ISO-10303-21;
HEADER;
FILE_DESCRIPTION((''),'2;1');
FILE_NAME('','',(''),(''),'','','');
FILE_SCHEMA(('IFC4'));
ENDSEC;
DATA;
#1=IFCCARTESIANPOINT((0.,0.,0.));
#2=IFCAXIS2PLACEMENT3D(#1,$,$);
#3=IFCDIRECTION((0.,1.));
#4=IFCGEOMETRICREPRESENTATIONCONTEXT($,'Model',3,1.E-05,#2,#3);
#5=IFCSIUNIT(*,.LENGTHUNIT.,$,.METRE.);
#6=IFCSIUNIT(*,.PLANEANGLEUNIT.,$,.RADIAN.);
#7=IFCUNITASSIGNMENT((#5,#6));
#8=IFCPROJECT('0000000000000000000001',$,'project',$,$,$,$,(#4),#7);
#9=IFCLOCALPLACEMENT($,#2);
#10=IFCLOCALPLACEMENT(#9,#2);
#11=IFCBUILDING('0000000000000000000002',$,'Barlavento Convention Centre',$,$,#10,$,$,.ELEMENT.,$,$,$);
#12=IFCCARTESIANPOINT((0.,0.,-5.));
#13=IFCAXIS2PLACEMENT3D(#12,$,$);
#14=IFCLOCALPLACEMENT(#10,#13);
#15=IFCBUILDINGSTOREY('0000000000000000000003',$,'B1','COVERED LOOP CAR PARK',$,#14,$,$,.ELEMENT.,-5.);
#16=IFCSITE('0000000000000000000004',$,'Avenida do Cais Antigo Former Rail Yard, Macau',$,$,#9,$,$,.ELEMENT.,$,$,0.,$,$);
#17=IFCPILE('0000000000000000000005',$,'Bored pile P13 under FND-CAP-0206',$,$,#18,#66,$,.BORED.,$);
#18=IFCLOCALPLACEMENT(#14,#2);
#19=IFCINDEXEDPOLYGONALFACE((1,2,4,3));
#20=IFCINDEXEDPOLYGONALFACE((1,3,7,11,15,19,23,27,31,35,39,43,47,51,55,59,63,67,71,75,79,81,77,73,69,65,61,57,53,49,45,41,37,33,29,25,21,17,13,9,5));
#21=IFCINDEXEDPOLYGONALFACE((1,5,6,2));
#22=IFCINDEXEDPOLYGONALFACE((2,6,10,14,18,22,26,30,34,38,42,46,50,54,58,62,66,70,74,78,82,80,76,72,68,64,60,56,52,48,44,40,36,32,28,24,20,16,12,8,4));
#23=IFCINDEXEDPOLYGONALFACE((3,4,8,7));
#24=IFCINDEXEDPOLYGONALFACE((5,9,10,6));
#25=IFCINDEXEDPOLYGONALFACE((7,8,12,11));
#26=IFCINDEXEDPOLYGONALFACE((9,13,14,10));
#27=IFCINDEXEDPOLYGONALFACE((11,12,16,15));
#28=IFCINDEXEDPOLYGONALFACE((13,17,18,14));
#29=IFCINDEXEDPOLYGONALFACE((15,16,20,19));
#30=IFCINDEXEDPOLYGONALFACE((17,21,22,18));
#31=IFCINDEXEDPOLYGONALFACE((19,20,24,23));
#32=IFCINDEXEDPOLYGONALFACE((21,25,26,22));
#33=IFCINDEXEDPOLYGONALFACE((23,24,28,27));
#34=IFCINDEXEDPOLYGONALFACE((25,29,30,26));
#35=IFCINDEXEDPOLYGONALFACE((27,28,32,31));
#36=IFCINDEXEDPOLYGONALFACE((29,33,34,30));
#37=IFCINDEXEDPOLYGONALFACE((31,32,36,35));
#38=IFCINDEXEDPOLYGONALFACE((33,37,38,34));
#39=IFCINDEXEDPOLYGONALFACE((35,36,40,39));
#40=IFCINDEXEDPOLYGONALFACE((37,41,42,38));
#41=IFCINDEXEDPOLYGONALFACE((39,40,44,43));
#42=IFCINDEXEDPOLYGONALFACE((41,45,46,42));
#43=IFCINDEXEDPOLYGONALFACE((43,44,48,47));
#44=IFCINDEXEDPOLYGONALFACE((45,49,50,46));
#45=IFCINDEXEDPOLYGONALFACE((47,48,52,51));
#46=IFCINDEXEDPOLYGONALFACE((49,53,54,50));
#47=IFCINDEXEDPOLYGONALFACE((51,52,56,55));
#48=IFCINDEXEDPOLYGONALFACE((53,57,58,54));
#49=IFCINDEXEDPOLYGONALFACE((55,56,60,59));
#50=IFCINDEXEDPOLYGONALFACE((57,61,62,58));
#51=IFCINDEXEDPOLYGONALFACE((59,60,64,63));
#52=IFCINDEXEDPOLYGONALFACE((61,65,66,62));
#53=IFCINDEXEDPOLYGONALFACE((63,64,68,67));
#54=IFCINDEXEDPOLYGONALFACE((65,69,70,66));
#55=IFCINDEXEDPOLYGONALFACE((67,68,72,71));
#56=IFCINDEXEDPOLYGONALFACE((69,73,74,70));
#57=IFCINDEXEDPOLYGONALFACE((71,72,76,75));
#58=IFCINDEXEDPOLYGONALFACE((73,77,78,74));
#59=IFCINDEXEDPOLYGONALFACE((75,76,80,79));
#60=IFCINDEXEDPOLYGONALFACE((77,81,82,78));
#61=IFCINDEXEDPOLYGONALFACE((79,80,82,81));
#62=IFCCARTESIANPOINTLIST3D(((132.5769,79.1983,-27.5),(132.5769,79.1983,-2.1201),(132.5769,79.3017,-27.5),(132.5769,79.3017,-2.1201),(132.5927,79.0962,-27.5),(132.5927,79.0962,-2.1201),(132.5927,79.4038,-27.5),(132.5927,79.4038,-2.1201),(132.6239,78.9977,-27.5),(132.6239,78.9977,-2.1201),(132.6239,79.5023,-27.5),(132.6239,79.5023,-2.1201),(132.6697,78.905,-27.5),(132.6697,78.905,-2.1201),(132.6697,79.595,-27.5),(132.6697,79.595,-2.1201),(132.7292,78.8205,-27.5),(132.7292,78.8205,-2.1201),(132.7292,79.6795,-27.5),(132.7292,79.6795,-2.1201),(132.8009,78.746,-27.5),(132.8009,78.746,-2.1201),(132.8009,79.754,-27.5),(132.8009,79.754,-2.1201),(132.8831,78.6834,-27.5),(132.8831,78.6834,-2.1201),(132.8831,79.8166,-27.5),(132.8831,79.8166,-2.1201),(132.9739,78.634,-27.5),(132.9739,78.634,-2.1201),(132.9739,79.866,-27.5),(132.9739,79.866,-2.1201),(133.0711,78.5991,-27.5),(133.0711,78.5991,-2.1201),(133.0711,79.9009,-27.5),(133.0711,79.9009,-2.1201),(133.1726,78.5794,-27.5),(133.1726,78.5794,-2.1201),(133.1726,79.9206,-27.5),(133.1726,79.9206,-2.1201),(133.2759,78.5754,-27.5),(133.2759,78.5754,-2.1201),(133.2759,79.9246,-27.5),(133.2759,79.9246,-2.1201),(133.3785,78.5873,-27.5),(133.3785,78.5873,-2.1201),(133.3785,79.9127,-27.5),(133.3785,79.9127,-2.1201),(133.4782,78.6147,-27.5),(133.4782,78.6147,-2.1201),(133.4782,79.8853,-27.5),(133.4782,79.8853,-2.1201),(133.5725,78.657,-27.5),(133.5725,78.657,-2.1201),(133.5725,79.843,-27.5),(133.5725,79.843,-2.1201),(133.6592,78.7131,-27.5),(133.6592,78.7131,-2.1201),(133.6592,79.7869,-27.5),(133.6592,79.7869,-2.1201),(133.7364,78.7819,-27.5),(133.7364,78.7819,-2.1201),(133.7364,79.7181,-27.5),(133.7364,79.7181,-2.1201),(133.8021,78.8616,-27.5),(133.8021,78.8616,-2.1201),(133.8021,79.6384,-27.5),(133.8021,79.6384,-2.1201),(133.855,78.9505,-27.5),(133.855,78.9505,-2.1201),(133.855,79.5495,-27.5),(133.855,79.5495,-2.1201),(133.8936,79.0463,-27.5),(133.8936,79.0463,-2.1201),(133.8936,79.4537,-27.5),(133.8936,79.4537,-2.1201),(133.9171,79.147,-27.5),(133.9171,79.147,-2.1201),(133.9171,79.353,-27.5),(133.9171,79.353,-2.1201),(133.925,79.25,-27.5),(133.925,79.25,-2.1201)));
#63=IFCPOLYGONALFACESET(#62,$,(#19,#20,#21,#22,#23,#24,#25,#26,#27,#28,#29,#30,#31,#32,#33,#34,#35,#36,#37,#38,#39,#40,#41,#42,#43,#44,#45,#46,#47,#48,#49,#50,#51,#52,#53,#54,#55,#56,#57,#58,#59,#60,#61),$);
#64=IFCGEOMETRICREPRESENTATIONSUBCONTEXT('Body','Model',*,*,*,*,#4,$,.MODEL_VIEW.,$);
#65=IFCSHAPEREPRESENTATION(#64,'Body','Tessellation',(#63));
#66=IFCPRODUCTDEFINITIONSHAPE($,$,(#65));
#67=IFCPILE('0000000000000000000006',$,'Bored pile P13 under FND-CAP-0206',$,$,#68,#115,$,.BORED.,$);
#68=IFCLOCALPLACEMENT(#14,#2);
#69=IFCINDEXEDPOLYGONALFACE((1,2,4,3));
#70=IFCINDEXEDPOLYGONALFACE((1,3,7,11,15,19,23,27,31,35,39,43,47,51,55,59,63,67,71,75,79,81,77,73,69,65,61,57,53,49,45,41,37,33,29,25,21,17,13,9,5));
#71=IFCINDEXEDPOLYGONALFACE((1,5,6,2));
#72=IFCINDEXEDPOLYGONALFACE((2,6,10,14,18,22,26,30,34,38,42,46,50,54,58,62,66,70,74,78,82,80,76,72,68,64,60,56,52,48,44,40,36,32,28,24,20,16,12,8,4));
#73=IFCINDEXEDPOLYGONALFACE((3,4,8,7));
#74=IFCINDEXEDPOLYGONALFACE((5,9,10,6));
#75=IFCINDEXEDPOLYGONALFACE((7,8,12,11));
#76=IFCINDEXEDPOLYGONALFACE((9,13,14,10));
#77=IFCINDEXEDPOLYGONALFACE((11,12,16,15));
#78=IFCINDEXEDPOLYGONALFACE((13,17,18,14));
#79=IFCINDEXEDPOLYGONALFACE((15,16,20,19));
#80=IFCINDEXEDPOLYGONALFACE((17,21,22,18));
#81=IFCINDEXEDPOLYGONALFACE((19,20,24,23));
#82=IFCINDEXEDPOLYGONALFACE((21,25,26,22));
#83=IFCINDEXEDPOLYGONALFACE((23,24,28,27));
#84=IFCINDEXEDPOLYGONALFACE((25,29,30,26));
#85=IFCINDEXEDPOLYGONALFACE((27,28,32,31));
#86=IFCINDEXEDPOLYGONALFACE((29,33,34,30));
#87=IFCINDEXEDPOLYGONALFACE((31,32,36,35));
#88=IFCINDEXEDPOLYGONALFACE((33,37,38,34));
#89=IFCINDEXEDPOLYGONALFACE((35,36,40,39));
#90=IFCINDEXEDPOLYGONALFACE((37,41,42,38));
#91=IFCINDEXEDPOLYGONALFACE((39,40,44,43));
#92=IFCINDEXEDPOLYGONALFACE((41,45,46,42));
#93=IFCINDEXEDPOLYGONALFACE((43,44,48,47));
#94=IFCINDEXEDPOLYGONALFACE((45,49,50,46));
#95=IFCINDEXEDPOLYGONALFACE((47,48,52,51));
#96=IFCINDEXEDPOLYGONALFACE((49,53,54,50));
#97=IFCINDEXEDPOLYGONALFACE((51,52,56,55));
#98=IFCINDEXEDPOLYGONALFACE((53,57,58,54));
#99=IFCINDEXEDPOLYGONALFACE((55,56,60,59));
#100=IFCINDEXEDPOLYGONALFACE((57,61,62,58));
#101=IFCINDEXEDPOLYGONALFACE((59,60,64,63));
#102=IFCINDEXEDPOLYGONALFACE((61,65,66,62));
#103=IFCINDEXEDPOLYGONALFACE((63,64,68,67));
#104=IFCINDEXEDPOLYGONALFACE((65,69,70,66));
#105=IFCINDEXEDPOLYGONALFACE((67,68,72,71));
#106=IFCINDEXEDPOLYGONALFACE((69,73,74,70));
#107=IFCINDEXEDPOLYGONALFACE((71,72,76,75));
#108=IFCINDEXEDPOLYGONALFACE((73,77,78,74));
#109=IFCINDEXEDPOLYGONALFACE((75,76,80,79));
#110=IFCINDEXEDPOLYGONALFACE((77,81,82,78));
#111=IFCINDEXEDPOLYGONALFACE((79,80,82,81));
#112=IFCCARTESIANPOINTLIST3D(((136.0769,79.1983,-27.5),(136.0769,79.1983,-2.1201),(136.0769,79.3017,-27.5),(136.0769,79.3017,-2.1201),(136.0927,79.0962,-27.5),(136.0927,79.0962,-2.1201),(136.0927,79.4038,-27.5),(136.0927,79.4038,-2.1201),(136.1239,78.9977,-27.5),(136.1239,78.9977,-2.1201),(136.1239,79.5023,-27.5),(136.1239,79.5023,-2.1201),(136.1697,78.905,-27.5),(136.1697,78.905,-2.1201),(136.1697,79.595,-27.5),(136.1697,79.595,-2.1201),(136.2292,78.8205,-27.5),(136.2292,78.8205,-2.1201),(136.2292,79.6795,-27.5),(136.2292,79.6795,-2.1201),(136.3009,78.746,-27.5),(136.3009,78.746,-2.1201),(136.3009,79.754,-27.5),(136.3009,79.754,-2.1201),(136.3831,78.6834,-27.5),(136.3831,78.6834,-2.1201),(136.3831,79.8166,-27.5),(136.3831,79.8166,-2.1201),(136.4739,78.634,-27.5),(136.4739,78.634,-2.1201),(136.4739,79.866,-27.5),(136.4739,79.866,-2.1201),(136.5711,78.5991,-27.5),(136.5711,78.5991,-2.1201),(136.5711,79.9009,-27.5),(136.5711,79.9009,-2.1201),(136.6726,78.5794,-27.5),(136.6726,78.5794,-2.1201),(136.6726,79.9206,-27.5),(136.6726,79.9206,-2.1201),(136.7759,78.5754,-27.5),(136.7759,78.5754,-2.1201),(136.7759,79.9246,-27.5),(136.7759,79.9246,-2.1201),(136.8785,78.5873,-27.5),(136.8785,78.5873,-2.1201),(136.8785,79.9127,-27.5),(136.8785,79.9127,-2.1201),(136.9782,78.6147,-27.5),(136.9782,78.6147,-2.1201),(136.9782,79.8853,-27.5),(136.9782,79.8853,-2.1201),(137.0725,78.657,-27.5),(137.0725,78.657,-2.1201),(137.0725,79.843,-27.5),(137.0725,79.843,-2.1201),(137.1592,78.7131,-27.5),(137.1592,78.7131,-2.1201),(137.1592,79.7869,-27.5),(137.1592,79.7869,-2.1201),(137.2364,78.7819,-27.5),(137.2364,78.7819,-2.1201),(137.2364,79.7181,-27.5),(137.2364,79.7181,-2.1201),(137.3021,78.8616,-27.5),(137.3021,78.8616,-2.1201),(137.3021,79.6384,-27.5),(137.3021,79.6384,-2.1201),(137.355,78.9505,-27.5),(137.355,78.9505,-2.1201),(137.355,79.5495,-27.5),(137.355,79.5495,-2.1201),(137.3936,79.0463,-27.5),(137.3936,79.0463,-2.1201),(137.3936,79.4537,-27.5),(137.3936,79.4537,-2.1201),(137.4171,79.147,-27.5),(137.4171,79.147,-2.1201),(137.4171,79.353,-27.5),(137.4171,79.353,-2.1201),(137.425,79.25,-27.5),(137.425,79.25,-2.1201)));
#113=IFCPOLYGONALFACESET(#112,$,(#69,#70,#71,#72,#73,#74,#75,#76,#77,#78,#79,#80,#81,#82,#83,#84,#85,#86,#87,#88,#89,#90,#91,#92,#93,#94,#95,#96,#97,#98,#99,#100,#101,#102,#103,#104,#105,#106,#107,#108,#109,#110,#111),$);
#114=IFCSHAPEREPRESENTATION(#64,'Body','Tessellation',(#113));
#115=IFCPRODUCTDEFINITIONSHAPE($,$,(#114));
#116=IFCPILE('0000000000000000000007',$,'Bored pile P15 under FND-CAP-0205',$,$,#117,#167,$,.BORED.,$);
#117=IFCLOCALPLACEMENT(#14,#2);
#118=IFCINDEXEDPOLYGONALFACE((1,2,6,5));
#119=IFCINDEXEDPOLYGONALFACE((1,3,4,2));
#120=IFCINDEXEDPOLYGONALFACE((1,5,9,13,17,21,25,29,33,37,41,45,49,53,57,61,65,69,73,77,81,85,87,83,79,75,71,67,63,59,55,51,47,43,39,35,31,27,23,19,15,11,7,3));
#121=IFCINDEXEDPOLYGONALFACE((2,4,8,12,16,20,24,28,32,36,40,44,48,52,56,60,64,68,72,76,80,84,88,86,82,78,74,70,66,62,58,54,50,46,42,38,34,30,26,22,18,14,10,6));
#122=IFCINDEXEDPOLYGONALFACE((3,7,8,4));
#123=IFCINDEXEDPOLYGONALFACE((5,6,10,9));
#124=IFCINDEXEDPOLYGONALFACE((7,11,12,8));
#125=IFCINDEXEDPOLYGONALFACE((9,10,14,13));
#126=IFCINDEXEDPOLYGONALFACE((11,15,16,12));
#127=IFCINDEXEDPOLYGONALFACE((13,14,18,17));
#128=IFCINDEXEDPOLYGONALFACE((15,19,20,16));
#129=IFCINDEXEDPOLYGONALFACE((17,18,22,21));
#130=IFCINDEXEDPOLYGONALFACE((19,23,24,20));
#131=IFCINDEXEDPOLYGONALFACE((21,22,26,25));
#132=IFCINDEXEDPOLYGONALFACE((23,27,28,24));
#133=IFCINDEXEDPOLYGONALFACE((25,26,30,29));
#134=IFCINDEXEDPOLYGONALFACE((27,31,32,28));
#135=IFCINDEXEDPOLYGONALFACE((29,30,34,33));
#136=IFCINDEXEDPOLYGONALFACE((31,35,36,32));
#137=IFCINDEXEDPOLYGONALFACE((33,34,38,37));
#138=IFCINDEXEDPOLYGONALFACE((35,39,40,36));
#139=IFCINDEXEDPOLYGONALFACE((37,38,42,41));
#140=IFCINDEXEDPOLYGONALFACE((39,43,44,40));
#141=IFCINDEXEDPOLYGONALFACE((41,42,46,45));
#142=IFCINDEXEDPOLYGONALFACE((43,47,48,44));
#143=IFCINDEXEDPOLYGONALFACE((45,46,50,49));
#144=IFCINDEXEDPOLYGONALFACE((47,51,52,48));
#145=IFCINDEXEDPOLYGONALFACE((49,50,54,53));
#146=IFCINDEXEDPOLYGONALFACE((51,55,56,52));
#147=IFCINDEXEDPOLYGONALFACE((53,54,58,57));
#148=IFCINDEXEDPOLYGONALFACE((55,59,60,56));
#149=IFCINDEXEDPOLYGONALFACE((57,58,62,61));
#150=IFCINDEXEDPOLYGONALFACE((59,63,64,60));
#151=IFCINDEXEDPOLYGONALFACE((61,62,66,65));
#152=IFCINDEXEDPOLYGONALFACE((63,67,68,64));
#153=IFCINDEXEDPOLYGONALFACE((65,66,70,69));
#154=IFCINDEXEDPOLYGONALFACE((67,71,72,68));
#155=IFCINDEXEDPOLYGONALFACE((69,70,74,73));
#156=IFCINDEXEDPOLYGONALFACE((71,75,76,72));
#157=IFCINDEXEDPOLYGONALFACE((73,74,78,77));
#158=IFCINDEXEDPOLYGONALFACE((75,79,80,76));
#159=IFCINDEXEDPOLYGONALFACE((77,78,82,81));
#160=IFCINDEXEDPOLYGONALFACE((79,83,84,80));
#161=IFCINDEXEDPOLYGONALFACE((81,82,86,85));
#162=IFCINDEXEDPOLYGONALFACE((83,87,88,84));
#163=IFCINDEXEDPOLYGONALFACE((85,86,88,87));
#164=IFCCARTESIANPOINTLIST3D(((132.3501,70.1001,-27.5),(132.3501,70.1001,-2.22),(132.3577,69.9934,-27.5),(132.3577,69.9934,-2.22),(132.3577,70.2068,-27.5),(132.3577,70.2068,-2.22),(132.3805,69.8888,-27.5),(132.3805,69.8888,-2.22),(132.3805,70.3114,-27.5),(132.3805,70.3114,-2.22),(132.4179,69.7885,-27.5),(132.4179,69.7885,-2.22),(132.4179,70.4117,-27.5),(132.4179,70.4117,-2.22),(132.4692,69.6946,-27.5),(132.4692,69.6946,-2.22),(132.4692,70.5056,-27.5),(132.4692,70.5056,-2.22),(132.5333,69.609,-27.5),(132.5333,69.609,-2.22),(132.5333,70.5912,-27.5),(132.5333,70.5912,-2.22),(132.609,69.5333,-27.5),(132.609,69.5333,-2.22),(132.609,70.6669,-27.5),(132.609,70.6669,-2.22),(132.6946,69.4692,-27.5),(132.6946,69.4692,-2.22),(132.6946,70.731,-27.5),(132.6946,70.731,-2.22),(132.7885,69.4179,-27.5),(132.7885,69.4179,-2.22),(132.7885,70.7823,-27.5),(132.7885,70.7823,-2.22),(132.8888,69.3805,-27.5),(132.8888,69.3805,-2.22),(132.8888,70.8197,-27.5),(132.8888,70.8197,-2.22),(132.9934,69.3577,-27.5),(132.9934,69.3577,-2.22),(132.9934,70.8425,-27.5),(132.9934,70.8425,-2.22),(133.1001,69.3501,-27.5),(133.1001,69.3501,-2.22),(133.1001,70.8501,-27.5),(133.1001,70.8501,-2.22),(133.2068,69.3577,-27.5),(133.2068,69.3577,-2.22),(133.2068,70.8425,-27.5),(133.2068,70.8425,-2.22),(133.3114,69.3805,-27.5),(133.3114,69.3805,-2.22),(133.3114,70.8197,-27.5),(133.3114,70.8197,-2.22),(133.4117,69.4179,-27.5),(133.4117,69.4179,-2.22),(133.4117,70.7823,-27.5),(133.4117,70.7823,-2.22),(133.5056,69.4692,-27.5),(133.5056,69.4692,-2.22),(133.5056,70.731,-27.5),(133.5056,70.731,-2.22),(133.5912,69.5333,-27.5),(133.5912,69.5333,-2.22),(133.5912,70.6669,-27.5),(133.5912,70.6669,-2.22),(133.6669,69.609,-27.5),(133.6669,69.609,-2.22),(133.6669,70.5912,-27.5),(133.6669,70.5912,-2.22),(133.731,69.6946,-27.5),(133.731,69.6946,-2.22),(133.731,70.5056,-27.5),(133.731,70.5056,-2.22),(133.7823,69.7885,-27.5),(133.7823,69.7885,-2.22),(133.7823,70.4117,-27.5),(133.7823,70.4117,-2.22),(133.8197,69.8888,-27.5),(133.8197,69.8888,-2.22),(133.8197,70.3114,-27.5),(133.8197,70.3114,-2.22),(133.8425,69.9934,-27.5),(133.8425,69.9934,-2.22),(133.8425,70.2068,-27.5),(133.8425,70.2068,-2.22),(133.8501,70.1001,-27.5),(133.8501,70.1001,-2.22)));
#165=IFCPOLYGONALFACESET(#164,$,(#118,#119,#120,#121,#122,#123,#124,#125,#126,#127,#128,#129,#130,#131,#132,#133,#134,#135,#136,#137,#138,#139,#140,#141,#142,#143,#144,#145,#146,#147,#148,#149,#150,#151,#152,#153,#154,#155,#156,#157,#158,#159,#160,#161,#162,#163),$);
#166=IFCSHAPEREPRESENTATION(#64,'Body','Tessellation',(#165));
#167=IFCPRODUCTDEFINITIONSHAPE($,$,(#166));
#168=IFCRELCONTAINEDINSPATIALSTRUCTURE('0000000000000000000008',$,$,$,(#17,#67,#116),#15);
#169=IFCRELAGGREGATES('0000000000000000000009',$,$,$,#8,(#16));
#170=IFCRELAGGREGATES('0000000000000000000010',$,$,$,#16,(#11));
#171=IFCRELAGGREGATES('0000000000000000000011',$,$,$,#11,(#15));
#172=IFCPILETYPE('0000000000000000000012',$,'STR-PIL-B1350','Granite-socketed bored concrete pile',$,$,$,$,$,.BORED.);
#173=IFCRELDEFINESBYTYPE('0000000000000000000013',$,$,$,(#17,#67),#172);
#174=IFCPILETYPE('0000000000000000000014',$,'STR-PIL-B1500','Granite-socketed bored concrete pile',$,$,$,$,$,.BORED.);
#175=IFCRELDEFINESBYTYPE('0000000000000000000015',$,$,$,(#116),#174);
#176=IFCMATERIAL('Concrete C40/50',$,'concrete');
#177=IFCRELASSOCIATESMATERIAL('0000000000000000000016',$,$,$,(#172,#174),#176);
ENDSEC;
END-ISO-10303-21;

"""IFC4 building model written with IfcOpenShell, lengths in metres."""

from ifc_helpers import new_model, si_unit, direction, frame, origin, origin_2d, place, context, subcontext, project, spatial, circle, extrude, material, material_profile, profile_set, type_object, element, save


model = new_model("IFC4")

# Units and contexts
model_context = context("Model", 3, precision=1e-05, world=origin(), true_north=direction((0.0, 1.0)))
body_context = subcontext(model_context, "Body", "Model", "MODEL_VIEW")
ifc_project = project(units=[si_unit("LENGTHUNIT", "METRE"), si_unit("PLANEANGLEUNIT", "RADIAN")], contexts=[model_context])

# Site, building, storey
site_placement = place(None, origin())
site = spatial("IfcSite", under=ifc_project, at=site_placement, Name="Avenida do Cais Antigo Former Rail Yard, Macau", CompositionType="ELEMENT", RefElevation=0.0)
building_placement = place(site_placement, origin())
building = spatial("IfcBuilding", under=site, at=building_placement, Name="Barlavento Convention Centre", CompositionType="ELEMENT")
storey_placement = place(building_placement, frame((0.0, 0.0, -5.0)))
storey = spatial("IfcBuildingStorey", under=building, at=storey_placement, Name="B1", Description="COVERED LOOP CAR PARK", CompositionType="ELEMENT", Elevation=-5.0)

# Shared definitions
ifc_material_1 = material(Name="Concrete C40/50", Category="concrete")

# Piles
ifc_material_profile_1 = material_profile(ifc_material_1, circle(Radius=0.675, at=origin_2d()), Name="BORED PILE 1350")
ifc_profile_set_1 = profile_set([ifc_material_profile_1], Name="Concrete C40/50")
pile_type_1 = type_object("IfcPileType", Name="STR-PIL-B1350", Description="Granite-socketed bored concrete pile", PredefinedType="BORED", material=ifc_profile_set_1)
for number, where, z_axis, x_axis, name in (
    (1, (133.25, 79.25, -2.1201), (0.0, 0.0, -1.0), (1.0, 0.0, 0.0), "Bored pile P13 under FND-CAP-0206"),
    (2, (136.75, 79.25, -2.1201), (0.0, 0.0, -1.0), (1.0, 0.0, 0.0), "Bored pile P13 under FND-CAP-0206"),
):
    element("IfcPile", number, at=place(storey_placement, frame(where, z_axis=z_axis, x_axis=x_axis)), inside=storey, type_object=pile_type_1, Name=name, PredefinedType="BORED", context=body_context, shape_type="SweptSolid", body=[
        extrude(circle(Radius=0.675, at=origin_2d()), origin(), (0.0, 0.0, 1.0), 25.3799),
    ])
ifc_material_profile_2 = material_profile(ifc_material_1, circle(Radius=0.75, at=origin_2d()), Name="BORED PILE 1500")
ifc_profile_set_2 = profile_set([ifc_material_profile_2], Name="Concrete C40/50")
pile_type_2 = type_object("IfcPileType", Name="STR-PIL-B1500", Description="Granite-socketed bored concrete pile", PredefinedType="BORED", material=ifc_profile_set_2)
for number, where, z_axis, x_axis, name in (
    (3, (133.1001, 70.1001, -2.22), (0.0, 0.0, -1.0), (1.0, 0.0, 0.0), "Bored pile P15 under FND-CAP-0205"),
):
    element("IfcPile", number, at=place(storey_placement, frame(where, z_axis=z_axis, x_axis=x_axis)), inside=storey, type_object=pile_type_2, Name=name, PredefinedType="BORED", context=body_context, shape_type="SweptSolid", body=[
        extrude(circle(Radius=0.75, at=origin_2d()), origin(), (0.0, 0.0, 1.0), 25.28),
    ])

save(model, "model.ifc")
